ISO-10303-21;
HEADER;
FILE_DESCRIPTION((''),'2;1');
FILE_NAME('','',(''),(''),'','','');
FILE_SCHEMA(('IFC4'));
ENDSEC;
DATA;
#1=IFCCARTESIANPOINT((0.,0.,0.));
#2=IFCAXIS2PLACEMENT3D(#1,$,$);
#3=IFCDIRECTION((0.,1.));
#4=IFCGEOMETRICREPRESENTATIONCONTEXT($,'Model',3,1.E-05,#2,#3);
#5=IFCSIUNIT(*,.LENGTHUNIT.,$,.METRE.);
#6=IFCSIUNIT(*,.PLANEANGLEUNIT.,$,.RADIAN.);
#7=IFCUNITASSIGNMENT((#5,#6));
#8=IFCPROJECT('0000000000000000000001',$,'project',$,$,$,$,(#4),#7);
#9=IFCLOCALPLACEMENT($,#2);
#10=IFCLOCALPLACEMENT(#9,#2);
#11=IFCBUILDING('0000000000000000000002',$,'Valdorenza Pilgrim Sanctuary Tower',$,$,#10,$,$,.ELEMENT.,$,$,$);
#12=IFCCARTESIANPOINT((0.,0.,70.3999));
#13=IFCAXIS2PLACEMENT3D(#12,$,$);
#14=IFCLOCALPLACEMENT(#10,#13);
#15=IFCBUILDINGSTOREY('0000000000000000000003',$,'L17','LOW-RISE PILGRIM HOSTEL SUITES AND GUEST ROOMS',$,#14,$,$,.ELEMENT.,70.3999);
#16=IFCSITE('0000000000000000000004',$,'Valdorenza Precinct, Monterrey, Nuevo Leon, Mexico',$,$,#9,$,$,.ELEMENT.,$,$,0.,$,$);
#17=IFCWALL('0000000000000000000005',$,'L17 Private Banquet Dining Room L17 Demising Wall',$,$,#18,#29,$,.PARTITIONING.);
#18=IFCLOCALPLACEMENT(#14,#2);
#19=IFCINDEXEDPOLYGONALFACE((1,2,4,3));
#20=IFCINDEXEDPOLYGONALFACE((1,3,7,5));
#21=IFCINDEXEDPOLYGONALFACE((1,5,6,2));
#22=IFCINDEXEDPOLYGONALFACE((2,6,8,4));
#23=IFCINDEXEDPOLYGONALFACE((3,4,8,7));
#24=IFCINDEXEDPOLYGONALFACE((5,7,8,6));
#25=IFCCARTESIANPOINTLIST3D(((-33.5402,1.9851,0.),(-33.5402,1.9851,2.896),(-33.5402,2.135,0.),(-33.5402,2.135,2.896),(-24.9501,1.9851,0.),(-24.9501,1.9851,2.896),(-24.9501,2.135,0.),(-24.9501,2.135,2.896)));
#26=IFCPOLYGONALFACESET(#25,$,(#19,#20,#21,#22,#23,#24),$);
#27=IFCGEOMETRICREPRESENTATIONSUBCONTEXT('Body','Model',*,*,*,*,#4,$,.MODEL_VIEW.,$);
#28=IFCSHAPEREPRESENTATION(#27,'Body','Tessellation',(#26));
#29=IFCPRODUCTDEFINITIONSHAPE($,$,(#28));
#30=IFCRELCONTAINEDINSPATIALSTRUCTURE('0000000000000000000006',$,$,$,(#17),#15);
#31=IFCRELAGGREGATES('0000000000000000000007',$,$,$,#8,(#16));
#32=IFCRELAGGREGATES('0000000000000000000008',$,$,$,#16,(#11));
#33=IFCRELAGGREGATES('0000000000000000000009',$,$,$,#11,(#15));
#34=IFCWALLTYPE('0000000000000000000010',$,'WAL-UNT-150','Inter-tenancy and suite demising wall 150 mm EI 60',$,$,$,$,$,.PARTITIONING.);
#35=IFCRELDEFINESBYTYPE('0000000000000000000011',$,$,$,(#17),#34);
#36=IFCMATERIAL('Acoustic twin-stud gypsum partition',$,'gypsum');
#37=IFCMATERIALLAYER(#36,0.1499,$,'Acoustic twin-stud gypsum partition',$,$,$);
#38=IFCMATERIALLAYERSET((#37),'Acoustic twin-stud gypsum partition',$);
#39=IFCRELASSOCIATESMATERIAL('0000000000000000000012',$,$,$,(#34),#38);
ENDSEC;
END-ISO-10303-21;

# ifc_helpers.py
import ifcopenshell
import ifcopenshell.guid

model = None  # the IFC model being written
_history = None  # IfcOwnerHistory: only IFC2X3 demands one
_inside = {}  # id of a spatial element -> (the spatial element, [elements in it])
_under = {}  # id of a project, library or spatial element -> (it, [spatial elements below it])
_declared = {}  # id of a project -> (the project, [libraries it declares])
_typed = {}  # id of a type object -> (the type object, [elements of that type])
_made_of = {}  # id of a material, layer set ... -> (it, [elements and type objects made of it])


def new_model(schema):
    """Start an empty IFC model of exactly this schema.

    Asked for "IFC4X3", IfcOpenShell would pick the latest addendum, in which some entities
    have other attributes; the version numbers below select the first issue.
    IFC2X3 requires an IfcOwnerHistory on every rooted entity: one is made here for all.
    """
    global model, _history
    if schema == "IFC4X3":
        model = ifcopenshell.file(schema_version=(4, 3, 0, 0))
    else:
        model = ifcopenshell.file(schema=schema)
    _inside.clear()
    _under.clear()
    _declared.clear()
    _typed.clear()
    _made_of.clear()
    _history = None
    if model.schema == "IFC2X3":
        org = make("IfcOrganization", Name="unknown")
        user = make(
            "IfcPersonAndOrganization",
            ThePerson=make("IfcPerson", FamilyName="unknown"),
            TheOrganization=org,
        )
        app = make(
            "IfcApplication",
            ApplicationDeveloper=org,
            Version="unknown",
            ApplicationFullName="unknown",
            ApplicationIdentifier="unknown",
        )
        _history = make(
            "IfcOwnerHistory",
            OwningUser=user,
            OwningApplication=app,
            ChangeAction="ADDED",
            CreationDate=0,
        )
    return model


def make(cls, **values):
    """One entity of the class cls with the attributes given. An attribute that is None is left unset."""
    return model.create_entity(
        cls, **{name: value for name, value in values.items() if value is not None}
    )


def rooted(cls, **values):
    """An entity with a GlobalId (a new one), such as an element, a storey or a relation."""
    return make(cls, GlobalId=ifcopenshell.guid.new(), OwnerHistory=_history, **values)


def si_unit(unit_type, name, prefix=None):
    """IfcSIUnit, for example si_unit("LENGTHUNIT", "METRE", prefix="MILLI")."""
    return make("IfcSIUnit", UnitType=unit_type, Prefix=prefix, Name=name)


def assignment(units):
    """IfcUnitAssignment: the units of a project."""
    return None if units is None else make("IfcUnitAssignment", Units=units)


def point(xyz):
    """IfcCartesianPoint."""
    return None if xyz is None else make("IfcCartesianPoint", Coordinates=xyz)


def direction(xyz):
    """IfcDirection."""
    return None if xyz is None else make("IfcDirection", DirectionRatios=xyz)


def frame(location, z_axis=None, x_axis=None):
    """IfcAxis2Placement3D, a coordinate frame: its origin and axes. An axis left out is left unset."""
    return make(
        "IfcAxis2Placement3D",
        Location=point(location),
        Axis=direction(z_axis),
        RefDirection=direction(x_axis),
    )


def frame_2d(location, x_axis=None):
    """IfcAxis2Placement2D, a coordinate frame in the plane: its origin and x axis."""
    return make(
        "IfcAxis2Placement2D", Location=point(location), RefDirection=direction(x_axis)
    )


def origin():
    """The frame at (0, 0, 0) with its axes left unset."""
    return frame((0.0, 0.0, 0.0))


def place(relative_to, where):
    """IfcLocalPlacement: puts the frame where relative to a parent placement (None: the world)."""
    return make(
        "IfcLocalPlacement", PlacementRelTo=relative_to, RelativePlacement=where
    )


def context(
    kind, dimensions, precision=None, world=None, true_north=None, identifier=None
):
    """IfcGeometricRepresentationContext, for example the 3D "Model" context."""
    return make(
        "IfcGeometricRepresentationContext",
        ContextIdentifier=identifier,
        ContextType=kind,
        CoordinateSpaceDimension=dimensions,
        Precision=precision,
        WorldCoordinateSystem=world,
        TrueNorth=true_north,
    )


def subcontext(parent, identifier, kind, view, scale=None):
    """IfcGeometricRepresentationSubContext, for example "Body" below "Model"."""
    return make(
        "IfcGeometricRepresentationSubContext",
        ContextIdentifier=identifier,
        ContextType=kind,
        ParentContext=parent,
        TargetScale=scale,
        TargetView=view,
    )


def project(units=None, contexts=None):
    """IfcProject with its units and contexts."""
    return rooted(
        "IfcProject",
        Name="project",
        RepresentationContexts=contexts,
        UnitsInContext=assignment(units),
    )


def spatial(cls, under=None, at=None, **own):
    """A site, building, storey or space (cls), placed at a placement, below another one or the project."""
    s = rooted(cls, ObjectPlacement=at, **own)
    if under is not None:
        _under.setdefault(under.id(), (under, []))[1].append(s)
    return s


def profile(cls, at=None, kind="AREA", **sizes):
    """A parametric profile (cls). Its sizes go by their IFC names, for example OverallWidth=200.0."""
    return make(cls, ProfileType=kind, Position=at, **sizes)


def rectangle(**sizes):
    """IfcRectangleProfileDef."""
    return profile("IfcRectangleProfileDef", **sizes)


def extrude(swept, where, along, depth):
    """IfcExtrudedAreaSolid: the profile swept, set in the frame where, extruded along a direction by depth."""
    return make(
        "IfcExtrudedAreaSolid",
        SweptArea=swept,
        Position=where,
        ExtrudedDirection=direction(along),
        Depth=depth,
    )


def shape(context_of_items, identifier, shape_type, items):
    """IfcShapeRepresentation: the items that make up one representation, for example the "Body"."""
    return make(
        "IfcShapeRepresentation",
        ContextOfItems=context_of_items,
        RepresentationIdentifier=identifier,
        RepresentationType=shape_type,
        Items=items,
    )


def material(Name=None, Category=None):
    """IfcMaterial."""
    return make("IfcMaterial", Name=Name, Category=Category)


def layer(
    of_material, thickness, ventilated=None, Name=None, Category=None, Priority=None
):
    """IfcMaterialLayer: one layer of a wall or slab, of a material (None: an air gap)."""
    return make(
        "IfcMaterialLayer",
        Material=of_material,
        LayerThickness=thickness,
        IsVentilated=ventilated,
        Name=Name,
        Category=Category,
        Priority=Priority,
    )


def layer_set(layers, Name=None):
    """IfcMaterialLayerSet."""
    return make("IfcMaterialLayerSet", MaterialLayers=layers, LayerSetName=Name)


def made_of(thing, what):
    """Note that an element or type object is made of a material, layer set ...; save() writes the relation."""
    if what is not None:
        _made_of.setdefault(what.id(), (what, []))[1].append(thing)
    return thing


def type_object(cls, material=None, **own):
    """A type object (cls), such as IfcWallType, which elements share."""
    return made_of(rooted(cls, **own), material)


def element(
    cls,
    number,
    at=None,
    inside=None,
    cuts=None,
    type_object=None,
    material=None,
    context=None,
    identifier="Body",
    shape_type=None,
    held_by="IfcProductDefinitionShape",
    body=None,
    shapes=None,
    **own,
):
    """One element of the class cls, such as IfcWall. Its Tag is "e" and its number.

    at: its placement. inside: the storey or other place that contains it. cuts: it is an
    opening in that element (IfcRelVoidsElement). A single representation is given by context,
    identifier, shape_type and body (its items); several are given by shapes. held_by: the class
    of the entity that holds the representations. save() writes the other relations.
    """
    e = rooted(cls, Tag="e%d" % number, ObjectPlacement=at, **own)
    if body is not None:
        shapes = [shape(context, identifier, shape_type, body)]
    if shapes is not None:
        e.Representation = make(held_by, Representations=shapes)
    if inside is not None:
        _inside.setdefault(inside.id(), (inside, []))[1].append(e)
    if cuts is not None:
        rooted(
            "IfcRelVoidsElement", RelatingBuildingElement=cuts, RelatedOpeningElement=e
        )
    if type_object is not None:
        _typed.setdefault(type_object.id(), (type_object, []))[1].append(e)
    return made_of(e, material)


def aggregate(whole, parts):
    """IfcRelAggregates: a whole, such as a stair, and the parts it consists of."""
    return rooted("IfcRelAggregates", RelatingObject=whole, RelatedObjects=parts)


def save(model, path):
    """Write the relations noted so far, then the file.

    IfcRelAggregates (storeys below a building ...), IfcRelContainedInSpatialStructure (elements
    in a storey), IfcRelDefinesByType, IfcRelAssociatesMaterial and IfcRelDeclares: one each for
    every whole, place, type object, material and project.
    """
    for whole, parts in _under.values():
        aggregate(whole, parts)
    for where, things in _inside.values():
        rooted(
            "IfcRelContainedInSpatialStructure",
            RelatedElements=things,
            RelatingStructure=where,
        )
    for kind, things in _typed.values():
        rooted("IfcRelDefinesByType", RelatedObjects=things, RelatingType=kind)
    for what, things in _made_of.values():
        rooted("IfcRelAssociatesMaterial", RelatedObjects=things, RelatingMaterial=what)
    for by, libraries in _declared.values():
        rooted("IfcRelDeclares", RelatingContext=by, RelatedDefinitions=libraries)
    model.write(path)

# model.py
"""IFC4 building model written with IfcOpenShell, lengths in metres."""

from ifc_helpers import new_model, si_unit, direction, frame, frame_2d, origin, place, context, subcontext, project, spatial, rectangle, extrude, material, layer, layer_set, type_object, element, save


model = new_model("IFC4")

# Units and contexts
model_context = context("Model", 3, precision=1e-05, world=origin(), true_north=direction((0.0, 1.0)))
body_context = subcontext(model_context, "Body", "Model", "MODEL_VIEW")
ifc_project = project(units=[si_unit("LENGTHUNIT", "METRE"), si_unit("PLANEANGLEUNIT", "RADIAN")], contexts=[model_context])

# Site, building, storey
site_placement = place(None, origin())
site = spatial("IfcSite", under=ifc_project, at=site_placement, Name="Valdorenza Precinct, Monterrey, Nuevo Leon, Mexico", CompositionType="ELEMENT", RefElevation=0.0)
building_placement = place(site_placement, origin())
building = spatial("IfcBuilding", under=site, at=building_placement, Name="Valdorenza Pilgrim Sanctuary Tower", CompositionType="ELEMENT")
storey_placement = place(building_placement, frame((0.0, 0.0, 70.3999)))
storey = spatial("IfcBuildingStorey", under=building, at=storey_placement, Name="L17", Description="LOW-RISE PILGRIM HOSTEL SUITES AND GUEST ROOMS", CompositionType="ELEMENT", Elevation=70.3999)

# Shared definitions
ifc_material_1 = material(Name="Acoustic twin-stud gypsum partition", Category="gypsum")

# Wall
ifc_layer_1 = layer(ifc_material_1, 0.1499, Name="Acoustic twin-stud gypsum partition")
ifc_layer_set_1 = layer_set([ifc_layer_1], Name="Acoustic twin-stud gypsum partition")
wall_type_1 = type_object("IfcWallType", Name="WAL-UNT-150", Description="Inter-tenancy and suite demising wall 150 mm EI 60", PredefinedType="PARTITIONING", material=ifc_layer_set_1)
wall_1_placement = place(storey_placement, frame((-33.54, 2.0601, 0.0), z_axis=(0.0, 0.0, 1.0), x_axis=(1.0, 0.0, 0.0)))
element("IfcWall", 1, at=wall_1_placement, inside=storey, type_object=wall_type_1, Name="L17 Private Banquet Dining Room L17 Demising Wall", PredefinedType="PARTITIONING", context=body_context, shape_type="SweptSolid", body=[
    extrude(rectangle(XDim=8.5901, YDim=0.1499, at=frame_2d((4.2949, 0.0))), origin(), (0.0, 0.0, 1.0), 2.896),
])

save(model, "model.ifc")
